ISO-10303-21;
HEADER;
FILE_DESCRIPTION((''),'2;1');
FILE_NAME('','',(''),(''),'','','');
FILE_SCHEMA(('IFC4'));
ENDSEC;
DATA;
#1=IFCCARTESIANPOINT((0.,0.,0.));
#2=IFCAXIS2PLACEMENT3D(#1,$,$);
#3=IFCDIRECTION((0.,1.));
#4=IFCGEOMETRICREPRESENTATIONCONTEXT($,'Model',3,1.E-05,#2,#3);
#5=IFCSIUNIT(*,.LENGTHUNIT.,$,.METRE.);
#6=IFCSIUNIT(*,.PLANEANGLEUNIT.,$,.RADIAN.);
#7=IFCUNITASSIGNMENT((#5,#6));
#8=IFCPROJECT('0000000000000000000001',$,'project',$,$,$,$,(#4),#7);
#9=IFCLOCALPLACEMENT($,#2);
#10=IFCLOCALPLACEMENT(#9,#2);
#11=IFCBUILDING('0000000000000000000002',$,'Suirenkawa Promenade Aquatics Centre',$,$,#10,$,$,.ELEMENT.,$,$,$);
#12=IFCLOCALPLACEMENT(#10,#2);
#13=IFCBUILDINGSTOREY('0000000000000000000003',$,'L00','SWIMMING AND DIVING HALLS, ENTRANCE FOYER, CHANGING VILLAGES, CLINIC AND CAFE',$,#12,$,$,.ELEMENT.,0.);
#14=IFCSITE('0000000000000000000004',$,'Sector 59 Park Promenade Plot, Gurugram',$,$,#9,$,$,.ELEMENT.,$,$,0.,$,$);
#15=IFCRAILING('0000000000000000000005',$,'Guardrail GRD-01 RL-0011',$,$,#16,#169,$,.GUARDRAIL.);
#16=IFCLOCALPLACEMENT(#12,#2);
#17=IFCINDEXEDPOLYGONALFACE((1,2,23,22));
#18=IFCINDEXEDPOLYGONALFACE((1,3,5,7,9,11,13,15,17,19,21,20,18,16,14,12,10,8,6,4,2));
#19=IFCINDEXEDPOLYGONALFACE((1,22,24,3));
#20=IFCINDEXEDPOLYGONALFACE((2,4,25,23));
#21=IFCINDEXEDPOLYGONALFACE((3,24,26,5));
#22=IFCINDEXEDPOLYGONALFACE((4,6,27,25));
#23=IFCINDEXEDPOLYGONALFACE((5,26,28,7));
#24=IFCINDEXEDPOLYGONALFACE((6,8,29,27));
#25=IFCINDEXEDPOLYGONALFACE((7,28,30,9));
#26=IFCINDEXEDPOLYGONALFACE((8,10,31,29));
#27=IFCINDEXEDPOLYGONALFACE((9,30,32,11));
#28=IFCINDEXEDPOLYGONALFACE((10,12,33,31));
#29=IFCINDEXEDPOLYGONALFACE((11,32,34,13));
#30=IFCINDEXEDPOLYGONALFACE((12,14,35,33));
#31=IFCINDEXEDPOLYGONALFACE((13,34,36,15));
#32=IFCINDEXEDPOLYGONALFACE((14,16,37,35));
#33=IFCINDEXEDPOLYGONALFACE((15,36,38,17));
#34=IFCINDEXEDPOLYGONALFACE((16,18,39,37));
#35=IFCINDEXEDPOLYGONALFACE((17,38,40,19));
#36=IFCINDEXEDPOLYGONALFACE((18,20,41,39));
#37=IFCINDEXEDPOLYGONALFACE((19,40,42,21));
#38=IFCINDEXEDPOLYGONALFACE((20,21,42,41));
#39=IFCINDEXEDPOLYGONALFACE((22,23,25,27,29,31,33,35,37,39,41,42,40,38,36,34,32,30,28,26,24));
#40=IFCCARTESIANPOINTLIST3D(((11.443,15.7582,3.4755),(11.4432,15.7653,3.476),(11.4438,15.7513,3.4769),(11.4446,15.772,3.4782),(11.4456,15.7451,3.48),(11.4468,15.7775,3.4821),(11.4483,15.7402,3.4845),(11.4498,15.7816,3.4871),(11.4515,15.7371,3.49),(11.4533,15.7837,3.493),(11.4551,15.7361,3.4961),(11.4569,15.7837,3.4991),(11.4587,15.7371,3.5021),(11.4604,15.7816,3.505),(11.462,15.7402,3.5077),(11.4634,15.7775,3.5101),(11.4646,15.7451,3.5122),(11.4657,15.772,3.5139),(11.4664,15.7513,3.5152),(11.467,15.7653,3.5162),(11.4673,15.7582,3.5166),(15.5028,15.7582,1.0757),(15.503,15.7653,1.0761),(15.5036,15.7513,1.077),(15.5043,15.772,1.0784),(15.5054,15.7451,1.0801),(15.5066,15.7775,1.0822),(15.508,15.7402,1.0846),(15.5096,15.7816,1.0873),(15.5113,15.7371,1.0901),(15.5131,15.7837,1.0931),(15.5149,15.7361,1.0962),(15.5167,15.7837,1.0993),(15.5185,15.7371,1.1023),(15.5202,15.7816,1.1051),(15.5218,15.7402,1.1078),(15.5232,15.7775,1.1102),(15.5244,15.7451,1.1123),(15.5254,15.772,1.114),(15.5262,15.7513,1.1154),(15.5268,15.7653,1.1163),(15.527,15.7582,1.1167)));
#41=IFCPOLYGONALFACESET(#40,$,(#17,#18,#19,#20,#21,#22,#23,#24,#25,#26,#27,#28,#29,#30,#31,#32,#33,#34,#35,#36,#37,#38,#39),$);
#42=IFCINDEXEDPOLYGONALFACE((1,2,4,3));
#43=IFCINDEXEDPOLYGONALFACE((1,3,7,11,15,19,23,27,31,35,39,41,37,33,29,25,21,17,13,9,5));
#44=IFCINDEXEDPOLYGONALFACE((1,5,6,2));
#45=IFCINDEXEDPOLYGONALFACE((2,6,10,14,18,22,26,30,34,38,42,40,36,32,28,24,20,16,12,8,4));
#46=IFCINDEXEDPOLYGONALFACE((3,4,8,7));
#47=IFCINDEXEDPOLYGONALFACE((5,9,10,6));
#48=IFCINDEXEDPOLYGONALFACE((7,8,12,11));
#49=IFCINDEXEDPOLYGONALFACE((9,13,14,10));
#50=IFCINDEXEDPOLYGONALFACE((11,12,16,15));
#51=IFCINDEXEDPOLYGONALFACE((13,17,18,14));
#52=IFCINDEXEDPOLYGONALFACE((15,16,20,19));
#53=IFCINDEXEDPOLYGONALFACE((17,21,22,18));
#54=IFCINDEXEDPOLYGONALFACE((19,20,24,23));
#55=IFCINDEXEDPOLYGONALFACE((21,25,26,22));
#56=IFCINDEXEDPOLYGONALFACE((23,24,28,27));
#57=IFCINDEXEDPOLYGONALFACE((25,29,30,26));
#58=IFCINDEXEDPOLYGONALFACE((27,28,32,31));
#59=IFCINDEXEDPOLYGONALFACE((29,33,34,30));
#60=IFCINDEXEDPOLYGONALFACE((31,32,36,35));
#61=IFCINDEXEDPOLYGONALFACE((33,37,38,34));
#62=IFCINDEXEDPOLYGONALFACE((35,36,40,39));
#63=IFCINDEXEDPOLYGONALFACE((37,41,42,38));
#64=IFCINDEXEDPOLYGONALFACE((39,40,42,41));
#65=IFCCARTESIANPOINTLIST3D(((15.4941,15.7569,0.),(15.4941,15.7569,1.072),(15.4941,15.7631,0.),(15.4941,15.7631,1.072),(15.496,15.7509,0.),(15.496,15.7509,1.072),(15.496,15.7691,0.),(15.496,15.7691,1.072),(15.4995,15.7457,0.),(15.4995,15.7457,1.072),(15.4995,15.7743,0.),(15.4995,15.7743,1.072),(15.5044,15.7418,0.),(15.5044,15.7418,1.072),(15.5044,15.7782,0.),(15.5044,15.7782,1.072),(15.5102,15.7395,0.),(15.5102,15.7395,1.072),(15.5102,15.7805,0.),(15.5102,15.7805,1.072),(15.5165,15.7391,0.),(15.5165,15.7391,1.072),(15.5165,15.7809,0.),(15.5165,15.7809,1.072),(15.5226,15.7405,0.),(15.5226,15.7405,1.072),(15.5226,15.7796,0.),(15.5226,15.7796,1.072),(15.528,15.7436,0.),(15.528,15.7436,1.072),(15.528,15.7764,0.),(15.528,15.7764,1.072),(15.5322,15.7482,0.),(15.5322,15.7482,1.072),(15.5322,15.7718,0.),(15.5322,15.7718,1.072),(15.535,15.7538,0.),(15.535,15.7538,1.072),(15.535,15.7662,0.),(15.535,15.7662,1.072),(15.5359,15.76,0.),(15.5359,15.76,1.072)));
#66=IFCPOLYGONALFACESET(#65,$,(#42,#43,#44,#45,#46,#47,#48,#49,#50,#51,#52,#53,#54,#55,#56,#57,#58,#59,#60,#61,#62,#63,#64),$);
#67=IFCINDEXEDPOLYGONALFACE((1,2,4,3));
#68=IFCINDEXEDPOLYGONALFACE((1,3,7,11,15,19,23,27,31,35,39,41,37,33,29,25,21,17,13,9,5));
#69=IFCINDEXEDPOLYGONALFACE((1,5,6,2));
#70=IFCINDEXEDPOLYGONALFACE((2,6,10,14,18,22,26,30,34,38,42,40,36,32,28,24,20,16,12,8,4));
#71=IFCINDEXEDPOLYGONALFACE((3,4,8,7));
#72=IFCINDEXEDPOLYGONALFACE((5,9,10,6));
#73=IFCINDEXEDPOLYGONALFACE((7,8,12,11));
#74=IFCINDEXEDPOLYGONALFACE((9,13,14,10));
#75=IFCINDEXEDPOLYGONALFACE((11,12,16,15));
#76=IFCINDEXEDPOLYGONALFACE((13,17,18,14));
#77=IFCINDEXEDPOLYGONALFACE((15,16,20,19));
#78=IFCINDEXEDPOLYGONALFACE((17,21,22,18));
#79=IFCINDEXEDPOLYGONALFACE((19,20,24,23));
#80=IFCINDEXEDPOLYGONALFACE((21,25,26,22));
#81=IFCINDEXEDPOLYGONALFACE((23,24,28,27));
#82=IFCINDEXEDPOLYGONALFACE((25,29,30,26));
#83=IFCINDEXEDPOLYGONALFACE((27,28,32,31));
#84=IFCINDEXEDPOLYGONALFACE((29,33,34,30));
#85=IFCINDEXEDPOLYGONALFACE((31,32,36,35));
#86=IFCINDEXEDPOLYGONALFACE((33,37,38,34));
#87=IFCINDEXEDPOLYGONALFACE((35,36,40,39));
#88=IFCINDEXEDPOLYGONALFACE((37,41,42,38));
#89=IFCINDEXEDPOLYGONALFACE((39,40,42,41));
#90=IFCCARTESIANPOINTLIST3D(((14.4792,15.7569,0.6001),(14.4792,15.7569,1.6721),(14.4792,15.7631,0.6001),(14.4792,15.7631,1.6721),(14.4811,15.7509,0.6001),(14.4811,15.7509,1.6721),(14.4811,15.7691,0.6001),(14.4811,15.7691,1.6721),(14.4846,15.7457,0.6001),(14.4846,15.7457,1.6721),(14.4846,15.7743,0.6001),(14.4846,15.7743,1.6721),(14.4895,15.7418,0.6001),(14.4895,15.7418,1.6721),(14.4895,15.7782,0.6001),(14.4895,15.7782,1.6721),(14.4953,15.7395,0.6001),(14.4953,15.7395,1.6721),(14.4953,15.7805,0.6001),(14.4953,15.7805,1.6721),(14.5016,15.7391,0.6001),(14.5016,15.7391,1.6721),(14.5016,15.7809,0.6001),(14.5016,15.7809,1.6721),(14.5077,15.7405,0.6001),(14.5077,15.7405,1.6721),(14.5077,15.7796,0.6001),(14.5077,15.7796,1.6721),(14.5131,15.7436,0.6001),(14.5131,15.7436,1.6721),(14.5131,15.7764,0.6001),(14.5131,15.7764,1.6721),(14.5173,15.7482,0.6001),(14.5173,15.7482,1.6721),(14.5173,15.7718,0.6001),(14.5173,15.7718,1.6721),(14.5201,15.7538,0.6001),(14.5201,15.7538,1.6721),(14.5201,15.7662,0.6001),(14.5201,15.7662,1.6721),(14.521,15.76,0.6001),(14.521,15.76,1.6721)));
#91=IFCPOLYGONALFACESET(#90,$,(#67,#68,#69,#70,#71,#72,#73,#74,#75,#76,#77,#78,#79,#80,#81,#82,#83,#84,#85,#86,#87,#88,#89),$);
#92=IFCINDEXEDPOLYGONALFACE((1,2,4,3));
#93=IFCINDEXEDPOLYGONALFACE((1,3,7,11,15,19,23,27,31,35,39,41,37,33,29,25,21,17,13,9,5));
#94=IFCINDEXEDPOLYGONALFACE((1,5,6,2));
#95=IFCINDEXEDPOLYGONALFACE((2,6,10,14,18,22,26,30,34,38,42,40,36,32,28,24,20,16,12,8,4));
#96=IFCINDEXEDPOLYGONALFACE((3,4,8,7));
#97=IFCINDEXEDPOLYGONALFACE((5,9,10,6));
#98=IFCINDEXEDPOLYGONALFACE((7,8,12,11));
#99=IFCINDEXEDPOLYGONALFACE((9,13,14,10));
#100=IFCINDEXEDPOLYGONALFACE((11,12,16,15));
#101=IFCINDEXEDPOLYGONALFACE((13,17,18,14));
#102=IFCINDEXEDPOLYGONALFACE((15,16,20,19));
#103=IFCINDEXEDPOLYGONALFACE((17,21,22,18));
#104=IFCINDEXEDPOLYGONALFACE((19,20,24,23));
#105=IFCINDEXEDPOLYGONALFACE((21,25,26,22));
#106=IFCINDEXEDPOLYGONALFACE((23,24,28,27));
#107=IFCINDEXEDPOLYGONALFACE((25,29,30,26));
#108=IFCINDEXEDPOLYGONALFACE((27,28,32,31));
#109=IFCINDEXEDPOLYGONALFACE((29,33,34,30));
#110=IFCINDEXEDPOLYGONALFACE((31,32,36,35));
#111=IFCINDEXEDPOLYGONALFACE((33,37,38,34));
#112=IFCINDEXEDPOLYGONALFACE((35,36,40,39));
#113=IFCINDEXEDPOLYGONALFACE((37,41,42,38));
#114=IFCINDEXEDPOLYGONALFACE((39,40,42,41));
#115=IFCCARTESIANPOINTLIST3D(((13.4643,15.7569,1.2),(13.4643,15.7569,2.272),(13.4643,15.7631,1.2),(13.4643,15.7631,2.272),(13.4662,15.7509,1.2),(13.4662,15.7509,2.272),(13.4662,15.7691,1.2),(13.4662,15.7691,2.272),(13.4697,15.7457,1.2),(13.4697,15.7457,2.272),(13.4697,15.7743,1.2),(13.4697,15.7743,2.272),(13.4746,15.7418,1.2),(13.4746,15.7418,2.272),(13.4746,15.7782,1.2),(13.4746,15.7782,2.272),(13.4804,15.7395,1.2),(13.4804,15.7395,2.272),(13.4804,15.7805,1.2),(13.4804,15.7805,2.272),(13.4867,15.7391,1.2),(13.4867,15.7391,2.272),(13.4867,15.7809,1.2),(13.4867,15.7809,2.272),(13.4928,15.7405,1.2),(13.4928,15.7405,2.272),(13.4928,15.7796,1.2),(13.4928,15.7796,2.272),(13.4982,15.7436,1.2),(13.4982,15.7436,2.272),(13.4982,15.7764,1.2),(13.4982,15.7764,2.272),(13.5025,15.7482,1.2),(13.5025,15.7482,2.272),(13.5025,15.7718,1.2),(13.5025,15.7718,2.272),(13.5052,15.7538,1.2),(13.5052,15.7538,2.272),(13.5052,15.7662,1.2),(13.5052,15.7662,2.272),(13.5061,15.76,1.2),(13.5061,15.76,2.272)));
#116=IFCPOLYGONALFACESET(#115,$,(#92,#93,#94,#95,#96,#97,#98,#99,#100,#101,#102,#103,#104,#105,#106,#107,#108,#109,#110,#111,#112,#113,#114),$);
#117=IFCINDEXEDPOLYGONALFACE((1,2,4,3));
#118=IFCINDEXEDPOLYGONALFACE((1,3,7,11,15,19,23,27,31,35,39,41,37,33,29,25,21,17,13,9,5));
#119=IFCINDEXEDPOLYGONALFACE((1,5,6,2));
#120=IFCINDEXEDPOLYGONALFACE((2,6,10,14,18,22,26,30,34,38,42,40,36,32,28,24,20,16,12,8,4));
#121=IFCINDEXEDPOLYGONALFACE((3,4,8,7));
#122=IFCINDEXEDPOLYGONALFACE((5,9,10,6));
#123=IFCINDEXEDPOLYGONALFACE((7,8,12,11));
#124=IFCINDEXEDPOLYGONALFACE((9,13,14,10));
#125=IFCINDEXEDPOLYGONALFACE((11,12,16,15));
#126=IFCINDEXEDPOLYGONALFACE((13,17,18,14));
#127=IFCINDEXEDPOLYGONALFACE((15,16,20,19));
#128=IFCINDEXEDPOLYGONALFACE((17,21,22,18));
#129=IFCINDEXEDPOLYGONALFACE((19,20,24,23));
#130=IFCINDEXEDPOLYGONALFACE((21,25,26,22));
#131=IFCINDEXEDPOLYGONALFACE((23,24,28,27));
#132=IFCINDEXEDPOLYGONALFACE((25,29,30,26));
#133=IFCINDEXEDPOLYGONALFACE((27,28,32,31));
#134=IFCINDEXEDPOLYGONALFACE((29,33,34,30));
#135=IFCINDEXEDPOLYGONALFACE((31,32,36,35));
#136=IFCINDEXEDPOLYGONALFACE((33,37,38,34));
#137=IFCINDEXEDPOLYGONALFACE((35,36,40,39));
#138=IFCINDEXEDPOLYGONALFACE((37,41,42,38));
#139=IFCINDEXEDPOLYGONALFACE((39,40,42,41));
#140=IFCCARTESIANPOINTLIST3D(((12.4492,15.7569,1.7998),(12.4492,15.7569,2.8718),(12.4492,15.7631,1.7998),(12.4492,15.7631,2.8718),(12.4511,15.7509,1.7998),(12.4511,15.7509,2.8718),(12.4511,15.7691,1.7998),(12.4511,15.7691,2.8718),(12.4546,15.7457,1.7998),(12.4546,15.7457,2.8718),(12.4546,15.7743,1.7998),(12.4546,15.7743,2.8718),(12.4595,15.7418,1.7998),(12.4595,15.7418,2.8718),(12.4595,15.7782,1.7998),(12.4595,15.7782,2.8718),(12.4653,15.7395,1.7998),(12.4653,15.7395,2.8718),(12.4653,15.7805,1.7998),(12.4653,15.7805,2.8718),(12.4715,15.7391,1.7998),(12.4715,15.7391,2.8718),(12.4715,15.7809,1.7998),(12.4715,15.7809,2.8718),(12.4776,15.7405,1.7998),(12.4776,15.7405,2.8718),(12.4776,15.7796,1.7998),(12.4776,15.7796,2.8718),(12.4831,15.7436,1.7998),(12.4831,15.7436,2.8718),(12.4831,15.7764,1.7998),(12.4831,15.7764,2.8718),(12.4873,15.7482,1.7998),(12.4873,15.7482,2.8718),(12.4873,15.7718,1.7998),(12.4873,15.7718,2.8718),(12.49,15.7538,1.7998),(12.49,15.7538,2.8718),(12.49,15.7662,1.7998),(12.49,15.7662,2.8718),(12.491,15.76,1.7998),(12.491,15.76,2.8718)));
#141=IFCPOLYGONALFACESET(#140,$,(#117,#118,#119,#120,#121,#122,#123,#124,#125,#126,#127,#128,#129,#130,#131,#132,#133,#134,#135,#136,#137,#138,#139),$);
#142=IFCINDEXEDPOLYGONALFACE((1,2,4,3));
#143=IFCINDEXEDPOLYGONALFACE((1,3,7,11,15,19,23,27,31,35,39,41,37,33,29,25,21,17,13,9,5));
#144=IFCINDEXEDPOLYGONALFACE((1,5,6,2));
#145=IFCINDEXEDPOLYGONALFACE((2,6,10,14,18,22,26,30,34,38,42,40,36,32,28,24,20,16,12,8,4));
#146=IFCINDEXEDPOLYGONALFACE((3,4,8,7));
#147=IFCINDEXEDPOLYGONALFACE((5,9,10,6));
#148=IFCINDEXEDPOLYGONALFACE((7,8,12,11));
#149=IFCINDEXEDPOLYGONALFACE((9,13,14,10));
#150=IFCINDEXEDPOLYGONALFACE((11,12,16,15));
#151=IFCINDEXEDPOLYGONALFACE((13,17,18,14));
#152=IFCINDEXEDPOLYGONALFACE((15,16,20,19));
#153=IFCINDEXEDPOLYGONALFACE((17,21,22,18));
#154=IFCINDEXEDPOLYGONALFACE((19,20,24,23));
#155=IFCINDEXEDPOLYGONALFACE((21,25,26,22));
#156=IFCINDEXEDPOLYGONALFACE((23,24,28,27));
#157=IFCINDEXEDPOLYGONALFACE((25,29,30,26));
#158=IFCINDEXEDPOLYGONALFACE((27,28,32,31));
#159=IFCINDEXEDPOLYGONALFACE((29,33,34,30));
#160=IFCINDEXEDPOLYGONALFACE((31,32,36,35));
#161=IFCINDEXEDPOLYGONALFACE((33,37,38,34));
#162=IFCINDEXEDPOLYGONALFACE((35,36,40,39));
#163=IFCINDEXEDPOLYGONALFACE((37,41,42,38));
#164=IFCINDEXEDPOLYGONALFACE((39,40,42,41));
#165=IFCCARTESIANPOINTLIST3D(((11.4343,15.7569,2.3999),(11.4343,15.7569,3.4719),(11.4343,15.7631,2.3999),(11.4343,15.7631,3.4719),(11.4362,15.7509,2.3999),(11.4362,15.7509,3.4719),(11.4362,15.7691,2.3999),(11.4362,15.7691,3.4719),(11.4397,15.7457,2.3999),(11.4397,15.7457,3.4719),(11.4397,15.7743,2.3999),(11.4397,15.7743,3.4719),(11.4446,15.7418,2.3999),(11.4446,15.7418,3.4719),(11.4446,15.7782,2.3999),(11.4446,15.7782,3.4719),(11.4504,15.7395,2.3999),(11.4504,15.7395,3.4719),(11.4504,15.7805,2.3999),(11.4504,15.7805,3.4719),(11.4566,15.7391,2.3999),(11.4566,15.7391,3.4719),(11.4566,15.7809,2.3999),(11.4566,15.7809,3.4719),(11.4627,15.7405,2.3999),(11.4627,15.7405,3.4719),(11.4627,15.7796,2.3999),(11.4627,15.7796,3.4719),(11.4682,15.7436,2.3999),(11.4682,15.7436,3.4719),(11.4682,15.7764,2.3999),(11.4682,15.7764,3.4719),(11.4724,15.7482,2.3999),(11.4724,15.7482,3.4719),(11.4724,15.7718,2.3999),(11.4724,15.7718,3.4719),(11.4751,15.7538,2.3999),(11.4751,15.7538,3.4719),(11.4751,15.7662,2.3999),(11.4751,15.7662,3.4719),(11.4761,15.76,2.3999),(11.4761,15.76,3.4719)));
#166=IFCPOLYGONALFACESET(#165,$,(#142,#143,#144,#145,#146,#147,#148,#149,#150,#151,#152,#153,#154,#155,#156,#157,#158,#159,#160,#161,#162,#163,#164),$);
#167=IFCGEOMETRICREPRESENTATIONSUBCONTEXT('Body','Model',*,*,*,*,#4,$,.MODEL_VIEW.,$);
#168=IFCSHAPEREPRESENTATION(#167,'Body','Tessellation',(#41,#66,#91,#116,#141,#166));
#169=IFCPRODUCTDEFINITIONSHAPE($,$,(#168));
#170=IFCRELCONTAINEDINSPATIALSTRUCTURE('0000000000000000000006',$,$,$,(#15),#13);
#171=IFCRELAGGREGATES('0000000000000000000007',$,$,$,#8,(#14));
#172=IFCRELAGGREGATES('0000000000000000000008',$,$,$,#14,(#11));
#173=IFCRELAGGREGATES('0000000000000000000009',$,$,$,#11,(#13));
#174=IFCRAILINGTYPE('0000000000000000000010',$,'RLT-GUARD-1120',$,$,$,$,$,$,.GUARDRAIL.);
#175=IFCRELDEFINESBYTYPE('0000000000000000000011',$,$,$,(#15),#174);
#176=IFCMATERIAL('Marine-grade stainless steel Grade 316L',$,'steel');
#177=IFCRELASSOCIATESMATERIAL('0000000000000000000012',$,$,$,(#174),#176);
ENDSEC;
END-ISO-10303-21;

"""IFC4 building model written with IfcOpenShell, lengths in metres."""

from ifc_helpers import new_model, si_unit, direction, frame, origin, origin_2d, place, context, subcontext, project, spatial, circle, extrude, material, type_object, element, save


model = new_model("IFC4")

# Units and contexts
model_context = context("Model", 3, precision=1e-05, world=origin(), true_north=direction((0.0, 1.0)))
body_context = subcontext(model_context, "Body", "Model", "MODEL_VIEW")
ifc_project = project(units=[si_unit("LENGTHUNIT", "METRE"), si_unit("PLANEANGLEUNIT", "RADIAN")], contexts=[model_context])

# Site, building, storey
site_placement = place(None, origin())
site = spatial("IfcSite", under=ifc_project, at=site_placement, Name="Sector 59 Park Promenade Plot, Gurugram", CompositionType="ELEMENT", RefElevation=0.0)
building_placement = place(site_placement, origin())
building = spatial("IfcBuilding", under=site, at=building_placement, Name="Suirenkawa Promenade Aquatics Centre", CompositionType="ELEMENT")
storey_placement = place(building_placement, origin())
storey = spatial("IfcBuildingStorey", under=building, at=storey_placement, Name="L00", Description="SWIMMING AND DIVING HALLS, ENTRANCE FOYER, CHANGING VILLAGES, CLINIC AND CAFE", CompositionType="ELEMENT", Elevation=0.0)

# Shared definitions
ifc_material_1 = material(Name="Marine-grade stainless steel Grade 316L", Category="steel")

# Railing
railing_type_1 = type_object("IfcRailingType", Name="RLT-GUARD-1120", PredefinedType="GUARDRAIL", material=ifc_material_1)
railing_1_placement = place(storey_placement, frame((15.5149, 15.76, 0.0)))
element("IfcRailing", 1, at=railing_1_placement, inside=storey, type_object=railing_type_1, Name="Guardrail GRD-01 RL-0011", PredefinedType="GUARDRAIL", context=body_context, shape_type="SweptSolid", body=[
    extrude(circle(Radius=0.0239, at=origin_2d()), frame((0.0, 0.0, 1.0962), z_axis=(-0.860841, 0.0, 0.508874), x_axis=(0.0, -1.0, 0.0)), (0.0, 0.0, 1.0), 4.7161),
    extrude(circle(Radius=0.021, at=origin_2d()), origin(), (0.0, 0.0, 1.0), 1.072),
    extrude(circle(Radius=0.021, at=origin_2d()), frame((-1.0149, 0.0, 0.6001)), (0.0, 0.0, 1.0), 1.072),
    extrude(circle(Radius=0.021, at=origin_2d()), frame((-2.0298, 0.0, 1.2)), (0.0, 0.0, 1.0), 1.072),
    extrude(circle(Radius=0.021, at=origin_2d()), frame((-3.0449, 0.0, 1.7998)), (0.0, 0.0, 1.0), 1.072),
    extrude(circle(Radius=0.021, at=origin_2d()), frame((-4.0598, 0.0, 2.3999)), (0.0, 0.0, 1.0), 1.072),
])

save(model, "model.ifc")
